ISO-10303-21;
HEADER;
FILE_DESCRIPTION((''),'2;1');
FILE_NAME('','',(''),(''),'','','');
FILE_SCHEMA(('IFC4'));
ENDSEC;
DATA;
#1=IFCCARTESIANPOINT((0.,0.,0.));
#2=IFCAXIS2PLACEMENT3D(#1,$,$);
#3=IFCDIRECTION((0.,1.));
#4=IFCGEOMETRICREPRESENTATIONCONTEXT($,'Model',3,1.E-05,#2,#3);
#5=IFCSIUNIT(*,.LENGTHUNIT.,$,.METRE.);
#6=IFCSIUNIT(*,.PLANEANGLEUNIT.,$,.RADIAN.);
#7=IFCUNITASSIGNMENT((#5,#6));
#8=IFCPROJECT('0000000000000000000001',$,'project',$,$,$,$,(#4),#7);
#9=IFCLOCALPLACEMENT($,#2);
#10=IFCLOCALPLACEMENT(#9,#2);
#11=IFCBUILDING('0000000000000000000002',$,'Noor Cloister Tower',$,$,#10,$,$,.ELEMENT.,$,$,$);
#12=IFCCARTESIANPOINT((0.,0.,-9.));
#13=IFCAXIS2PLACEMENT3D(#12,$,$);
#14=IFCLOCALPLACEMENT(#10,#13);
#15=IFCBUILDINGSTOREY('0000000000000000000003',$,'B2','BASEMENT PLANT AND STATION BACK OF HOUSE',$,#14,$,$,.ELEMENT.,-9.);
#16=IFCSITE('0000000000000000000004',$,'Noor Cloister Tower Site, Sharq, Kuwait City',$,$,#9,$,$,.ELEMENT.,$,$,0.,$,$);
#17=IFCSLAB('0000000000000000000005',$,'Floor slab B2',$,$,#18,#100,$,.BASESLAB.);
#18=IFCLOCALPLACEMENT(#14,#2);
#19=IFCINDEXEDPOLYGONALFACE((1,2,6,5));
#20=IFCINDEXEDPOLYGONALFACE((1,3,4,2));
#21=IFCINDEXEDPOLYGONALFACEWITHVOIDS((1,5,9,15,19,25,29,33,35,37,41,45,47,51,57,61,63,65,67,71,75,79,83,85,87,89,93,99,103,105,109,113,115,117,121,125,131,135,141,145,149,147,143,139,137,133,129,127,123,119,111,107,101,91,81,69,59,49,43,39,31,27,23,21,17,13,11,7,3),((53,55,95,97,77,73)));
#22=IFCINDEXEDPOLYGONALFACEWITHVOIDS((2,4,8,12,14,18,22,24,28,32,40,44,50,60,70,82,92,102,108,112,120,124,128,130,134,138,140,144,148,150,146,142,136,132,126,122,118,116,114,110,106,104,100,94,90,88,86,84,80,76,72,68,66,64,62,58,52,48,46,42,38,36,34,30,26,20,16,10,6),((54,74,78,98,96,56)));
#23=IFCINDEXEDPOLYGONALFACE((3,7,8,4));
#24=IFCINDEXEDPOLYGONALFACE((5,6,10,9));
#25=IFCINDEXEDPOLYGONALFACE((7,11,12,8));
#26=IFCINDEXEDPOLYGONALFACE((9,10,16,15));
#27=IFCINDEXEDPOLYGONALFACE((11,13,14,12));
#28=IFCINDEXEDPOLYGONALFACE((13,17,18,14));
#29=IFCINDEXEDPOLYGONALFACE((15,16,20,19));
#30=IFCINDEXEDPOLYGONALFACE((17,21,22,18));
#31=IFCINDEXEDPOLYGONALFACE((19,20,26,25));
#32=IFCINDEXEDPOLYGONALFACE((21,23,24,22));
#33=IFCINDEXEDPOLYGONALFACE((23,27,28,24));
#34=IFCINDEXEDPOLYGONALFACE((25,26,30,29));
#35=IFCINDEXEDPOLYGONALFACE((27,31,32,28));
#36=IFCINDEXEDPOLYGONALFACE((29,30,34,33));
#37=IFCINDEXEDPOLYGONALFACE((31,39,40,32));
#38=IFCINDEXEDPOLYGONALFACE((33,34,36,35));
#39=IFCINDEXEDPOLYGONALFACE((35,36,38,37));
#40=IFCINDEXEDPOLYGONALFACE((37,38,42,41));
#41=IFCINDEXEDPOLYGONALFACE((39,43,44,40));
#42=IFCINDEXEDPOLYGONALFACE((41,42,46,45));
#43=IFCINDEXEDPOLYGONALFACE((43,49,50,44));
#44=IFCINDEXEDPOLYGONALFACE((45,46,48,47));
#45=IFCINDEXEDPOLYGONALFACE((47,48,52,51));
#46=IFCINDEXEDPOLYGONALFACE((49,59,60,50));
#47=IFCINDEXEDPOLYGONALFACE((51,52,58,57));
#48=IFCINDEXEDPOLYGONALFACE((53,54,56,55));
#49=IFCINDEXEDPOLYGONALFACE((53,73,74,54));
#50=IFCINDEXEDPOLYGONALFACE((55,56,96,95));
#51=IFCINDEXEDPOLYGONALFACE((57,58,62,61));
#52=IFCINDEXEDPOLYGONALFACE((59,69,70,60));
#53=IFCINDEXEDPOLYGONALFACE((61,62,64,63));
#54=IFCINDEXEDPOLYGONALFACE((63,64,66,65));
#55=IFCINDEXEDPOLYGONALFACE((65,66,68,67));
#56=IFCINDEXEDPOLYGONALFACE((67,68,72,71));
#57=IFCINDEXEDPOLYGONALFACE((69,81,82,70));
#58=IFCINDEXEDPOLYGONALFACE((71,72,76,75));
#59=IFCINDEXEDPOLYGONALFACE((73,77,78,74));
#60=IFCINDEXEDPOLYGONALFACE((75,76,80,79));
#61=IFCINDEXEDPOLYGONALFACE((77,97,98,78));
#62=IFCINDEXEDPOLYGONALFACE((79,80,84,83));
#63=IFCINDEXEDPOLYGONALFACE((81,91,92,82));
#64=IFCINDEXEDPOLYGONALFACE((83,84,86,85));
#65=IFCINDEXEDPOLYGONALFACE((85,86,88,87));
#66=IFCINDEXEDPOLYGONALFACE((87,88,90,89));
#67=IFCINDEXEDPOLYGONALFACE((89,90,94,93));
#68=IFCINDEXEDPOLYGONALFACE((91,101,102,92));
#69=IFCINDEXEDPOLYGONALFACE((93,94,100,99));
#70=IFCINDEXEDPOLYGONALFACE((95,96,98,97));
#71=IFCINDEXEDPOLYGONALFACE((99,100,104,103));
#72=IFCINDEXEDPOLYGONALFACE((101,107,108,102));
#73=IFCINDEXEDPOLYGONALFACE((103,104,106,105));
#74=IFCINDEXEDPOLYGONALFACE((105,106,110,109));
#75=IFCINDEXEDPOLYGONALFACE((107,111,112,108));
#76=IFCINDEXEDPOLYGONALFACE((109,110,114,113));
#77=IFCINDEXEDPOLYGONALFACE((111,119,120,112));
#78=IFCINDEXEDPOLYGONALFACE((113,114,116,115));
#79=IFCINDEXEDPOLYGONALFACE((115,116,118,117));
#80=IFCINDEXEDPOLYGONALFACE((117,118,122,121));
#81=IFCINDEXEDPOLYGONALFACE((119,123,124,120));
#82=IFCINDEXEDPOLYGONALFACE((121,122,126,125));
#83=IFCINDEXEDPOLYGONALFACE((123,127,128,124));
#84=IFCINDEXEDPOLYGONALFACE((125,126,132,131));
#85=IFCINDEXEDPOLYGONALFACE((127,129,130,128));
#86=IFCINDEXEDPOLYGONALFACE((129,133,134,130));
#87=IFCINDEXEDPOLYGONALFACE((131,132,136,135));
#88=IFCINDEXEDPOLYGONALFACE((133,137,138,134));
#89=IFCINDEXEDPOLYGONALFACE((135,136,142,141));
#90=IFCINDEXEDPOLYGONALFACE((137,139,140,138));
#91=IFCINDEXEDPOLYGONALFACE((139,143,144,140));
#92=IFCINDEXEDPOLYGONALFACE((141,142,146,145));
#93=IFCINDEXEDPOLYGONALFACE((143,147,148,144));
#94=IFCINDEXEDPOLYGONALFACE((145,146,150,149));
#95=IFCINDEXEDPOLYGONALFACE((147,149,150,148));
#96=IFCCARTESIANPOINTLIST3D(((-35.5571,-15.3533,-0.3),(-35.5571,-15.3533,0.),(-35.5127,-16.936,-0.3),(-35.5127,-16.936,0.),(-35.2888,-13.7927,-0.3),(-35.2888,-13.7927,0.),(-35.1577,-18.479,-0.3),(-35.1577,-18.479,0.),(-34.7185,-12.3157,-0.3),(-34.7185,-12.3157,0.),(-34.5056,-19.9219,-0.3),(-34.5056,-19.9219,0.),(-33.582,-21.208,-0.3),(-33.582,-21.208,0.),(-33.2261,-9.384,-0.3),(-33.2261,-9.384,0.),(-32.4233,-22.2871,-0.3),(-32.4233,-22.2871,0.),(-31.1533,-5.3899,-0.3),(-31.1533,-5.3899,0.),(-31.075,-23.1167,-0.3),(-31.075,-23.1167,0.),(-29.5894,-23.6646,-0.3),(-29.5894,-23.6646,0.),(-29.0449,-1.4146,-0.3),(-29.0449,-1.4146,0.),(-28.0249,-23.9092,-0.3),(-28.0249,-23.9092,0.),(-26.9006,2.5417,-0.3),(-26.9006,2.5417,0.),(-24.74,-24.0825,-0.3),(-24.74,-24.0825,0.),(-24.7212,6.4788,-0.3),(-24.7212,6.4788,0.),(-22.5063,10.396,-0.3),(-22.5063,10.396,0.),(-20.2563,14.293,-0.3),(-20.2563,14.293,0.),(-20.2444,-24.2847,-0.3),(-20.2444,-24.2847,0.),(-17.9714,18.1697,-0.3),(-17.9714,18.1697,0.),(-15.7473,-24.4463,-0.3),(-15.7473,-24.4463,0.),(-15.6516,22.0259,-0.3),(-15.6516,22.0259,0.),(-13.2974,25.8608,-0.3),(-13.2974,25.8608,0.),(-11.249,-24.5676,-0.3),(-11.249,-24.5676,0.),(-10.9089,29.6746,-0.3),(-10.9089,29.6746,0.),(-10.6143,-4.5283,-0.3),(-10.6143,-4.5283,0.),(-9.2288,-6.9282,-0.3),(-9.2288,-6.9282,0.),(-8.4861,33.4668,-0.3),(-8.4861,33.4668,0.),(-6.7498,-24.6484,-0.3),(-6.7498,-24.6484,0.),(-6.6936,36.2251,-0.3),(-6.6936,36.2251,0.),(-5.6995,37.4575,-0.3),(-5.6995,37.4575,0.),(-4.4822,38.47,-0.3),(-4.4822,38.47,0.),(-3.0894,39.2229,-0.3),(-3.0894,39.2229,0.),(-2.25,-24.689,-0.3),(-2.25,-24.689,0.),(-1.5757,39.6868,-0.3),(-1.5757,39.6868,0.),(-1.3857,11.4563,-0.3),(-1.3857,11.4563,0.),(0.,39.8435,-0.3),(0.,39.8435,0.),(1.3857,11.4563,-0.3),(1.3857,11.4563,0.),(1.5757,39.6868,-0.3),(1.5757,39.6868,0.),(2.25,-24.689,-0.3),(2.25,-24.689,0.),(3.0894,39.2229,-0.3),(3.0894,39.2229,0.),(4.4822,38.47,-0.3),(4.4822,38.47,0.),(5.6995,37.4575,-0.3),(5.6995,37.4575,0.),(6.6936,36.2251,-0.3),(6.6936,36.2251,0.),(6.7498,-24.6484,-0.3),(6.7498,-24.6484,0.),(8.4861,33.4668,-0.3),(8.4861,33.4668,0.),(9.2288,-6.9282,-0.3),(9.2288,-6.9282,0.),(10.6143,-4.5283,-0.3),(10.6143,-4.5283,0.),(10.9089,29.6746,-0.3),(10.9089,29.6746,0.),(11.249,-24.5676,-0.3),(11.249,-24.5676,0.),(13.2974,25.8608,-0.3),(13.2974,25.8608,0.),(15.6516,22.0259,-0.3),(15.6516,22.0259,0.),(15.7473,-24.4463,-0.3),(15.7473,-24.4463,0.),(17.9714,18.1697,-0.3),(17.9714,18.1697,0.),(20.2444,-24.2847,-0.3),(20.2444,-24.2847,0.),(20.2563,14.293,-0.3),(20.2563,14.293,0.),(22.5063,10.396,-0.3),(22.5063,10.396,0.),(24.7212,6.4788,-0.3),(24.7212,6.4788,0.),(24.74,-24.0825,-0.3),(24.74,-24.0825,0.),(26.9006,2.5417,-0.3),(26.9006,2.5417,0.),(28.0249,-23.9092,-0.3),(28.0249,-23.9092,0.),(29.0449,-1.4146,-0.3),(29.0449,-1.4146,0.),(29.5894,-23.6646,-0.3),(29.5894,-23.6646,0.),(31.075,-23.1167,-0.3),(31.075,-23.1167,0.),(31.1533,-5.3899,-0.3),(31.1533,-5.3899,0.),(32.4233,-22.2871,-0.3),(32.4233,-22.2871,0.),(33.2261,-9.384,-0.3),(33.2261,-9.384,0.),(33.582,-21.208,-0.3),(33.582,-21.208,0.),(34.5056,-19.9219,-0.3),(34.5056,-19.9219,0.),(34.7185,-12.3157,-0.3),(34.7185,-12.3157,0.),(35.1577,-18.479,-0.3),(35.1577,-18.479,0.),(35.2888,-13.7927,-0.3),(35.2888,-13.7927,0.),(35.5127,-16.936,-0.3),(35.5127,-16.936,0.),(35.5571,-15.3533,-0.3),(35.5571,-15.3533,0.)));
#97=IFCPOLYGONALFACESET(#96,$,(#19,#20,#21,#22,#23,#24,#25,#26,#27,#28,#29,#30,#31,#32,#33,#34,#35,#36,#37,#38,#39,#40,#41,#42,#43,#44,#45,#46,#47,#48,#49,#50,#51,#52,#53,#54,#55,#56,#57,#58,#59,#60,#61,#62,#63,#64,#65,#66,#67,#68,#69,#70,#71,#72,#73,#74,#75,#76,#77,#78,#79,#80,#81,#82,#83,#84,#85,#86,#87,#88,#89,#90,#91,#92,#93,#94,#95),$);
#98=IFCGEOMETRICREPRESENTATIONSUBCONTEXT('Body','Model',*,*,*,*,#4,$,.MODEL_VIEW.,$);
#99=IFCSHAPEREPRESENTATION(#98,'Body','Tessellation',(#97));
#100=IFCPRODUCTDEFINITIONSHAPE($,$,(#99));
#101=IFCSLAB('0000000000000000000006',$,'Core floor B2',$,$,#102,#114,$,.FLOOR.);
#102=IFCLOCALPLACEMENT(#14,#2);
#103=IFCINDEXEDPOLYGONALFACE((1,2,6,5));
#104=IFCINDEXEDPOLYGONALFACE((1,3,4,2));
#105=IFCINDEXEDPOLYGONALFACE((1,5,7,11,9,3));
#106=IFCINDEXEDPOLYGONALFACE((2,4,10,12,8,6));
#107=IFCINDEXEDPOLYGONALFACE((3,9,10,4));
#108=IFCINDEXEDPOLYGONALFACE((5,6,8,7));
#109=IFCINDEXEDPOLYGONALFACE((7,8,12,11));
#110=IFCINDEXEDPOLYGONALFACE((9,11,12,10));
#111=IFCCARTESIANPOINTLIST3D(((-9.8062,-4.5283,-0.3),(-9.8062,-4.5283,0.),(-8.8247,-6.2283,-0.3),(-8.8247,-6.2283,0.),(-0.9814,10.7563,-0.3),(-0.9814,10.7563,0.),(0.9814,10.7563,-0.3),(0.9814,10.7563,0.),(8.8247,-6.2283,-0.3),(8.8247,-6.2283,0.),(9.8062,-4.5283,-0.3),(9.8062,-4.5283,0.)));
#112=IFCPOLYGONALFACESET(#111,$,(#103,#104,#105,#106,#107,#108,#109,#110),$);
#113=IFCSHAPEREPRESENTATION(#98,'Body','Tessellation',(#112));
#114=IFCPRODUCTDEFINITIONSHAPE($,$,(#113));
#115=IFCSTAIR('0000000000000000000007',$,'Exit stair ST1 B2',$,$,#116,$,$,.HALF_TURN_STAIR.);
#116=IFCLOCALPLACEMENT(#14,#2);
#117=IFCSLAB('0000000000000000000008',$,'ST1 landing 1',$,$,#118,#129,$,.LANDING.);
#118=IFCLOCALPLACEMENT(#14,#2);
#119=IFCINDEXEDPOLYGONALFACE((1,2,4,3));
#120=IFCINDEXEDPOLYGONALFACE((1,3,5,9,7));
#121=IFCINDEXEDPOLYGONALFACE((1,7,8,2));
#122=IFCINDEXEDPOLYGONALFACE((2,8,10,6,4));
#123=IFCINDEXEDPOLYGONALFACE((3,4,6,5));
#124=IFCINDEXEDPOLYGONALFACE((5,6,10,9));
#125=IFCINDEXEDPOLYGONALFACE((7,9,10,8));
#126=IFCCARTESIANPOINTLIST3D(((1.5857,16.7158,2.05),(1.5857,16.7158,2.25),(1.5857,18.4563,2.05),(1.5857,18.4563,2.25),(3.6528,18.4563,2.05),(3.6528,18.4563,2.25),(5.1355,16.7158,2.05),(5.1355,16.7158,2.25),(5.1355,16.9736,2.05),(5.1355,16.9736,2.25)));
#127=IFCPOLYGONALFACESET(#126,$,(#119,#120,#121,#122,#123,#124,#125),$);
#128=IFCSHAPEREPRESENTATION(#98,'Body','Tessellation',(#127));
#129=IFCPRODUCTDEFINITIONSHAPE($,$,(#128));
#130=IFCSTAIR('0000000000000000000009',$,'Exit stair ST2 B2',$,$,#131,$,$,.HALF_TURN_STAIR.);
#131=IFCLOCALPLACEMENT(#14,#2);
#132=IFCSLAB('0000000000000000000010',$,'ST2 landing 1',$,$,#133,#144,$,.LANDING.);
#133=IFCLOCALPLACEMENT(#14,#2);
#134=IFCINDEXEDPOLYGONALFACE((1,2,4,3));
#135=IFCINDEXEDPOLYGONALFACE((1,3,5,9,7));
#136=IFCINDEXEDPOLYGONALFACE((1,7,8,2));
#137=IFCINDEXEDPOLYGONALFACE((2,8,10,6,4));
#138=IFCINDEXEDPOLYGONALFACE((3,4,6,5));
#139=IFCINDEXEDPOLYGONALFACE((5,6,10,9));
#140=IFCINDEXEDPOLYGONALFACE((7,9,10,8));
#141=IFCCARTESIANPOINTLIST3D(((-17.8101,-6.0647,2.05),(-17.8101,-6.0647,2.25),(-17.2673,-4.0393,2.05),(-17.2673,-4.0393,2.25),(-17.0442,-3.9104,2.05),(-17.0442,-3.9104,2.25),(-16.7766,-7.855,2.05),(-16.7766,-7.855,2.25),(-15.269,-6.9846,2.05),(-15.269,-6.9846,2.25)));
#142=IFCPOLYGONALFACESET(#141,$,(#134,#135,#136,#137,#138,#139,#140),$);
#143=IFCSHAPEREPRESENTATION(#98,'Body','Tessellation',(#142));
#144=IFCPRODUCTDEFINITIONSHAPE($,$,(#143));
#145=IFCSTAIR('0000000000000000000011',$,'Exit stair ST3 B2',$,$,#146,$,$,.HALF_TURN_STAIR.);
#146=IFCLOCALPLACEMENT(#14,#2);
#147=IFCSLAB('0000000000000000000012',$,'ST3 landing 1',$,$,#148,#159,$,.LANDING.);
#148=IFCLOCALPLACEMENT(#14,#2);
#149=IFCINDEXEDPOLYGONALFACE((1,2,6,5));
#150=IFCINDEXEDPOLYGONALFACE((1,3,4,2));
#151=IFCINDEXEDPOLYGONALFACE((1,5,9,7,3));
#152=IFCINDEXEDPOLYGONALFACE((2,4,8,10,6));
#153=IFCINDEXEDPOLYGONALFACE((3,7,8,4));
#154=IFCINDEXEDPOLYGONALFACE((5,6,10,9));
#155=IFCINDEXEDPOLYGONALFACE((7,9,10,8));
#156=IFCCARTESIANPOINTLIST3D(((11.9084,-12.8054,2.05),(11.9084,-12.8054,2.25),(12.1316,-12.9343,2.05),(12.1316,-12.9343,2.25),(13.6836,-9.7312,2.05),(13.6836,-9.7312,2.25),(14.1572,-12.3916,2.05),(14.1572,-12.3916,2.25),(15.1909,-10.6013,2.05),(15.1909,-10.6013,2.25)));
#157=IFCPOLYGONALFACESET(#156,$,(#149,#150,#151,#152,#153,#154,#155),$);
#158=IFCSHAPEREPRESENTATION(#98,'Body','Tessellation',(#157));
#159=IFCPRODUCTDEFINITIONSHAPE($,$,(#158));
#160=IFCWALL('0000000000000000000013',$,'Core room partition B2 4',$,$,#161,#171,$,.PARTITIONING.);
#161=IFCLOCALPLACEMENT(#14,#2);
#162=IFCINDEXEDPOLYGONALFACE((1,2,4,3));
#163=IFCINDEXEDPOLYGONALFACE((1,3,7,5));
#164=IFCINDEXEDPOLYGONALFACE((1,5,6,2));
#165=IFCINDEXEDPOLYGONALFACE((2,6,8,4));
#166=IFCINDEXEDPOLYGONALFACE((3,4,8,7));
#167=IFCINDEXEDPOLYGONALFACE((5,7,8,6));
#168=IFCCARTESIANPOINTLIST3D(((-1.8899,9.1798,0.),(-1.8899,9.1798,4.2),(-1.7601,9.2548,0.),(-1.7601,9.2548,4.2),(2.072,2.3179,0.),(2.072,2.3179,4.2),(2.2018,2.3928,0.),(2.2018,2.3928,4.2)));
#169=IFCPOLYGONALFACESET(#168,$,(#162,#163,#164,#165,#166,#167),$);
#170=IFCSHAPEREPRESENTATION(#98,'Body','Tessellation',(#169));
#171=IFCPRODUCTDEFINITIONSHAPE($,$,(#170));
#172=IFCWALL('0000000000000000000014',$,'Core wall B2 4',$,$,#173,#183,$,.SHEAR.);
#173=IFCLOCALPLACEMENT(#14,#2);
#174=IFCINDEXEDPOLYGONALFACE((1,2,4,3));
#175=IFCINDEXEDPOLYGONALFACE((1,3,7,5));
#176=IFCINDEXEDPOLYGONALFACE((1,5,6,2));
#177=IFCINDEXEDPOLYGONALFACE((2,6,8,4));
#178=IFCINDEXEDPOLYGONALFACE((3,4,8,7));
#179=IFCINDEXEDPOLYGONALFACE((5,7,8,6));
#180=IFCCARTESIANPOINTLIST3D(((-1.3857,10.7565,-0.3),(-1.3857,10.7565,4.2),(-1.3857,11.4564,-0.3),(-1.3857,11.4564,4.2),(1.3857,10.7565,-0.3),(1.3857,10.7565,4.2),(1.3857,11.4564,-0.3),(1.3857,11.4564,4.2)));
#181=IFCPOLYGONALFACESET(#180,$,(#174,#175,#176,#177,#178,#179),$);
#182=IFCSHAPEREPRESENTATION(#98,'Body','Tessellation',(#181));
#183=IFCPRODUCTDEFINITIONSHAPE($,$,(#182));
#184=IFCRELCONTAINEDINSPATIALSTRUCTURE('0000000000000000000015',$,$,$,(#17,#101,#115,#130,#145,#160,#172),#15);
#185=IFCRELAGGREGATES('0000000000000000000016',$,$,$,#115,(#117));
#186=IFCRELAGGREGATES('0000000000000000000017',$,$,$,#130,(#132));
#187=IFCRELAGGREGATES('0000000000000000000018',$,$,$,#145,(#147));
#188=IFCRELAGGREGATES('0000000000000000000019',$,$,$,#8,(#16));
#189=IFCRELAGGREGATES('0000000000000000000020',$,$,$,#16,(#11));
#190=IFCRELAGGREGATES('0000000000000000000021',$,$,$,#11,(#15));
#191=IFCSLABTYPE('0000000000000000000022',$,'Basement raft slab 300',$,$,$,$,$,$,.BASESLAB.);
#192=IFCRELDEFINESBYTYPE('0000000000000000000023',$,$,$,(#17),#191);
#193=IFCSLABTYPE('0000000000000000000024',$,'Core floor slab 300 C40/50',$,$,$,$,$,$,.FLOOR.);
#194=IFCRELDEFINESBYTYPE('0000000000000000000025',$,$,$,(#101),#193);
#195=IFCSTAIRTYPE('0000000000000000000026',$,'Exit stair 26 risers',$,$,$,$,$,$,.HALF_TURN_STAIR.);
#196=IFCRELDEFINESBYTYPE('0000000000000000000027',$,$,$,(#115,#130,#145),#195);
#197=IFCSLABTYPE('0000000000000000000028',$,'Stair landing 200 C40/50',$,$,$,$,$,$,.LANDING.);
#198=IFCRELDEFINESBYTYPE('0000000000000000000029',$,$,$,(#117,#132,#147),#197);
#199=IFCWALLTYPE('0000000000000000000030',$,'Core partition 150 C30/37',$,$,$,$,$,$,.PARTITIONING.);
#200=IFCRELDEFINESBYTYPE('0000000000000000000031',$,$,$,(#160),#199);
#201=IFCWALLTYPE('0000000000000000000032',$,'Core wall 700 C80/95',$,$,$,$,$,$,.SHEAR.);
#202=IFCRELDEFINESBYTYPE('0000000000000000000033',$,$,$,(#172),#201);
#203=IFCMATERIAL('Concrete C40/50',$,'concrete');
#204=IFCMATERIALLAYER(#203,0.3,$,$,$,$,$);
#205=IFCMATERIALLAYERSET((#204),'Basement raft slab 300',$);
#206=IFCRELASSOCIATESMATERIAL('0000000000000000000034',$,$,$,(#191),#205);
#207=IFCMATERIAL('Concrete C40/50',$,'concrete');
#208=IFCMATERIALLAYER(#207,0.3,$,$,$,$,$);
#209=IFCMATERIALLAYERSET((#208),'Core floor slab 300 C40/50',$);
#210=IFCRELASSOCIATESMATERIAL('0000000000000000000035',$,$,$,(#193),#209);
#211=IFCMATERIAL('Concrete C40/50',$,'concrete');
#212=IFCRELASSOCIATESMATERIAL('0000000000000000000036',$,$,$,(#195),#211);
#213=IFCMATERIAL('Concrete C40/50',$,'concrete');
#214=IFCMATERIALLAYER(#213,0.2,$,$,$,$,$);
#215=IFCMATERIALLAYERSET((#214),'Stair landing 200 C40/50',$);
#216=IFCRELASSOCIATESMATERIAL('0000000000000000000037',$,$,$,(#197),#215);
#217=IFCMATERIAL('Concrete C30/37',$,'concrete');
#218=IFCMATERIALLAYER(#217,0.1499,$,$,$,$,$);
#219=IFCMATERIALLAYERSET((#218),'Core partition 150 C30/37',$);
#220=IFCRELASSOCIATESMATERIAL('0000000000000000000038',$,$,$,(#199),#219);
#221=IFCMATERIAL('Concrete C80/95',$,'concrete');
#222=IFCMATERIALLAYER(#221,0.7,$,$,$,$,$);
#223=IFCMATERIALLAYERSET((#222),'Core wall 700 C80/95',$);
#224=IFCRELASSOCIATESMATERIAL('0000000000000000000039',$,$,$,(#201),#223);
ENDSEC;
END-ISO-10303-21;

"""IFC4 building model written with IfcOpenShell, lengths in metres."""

from ifc_helpers import new_model, si_unit, direction, frame, frame_2d, origin, place, context, subcontext, project, spatial, polyline, rectangle, outline, extrude, material, layer, layer_set, type_object, element, aggregate, save


model = new_model("IFC4")

# Units and contexts
model_context = context("Model", 3, precision=1e-05, world=origin(), true_north=direction((0.0, 1.0)))
body_context = subcontext(model_context, "Body", "Model", "MODEL_VIEW")
ifc_project = project(units=[si_unit("LENGTHUNIT", "METRE"), si_unit("PLANEANGLEUNIT", "RADIAN")], contexts=[model_context])

# Site, building, storey
site_placement = place(None, origin())
site = spatial("IfcSite", under=ifc_project, at=site_placement, Name="Noor Cloister Tower Site, Sharq, Kuwait City", CompositionType="ELEMENT", RefElevation=0.0)
building_placement = place(site_placement, origin())
building = spatial("IfcBuilding", under=site, at=building_placement, Name="Noor Cloister Tower", CompositionType="ELEMENT")
storey_placement = place(building_placement, frame((0.0, 0.0, -9.0)))
storey = spatial("IfcBuildingStorey", under=building, at=storey_placement, Name="B2", Description="BASEMENT PLANT AND STATION BACK OF HOUSE", CompositionType="ELEMENT", Elevation=-9.0)

# Slabs
ifc_material_1 = material(Name="Concrete C40/50", Category="concrete")
ifc_layer_1 = layer(ifc_material_1, 0.3)
ifc_layer_set_1 = layer_set([ifc_layer_1], Name="Basement raft slab 300")
slab_type_1 = type_object("IfcSlabType", Name="Basement raft slab 300", PredefinedType="BASESLAB", material=ifc_layer_set_1)
slab_1_placement = place(storey_placement, frame((0.0, 0.0, -0.3)))
element("IfcSlab", 1, at=slab_1_placement, inside=storey, type_object=slab_type_1, Name="Floor slab B2", PredefinedType="BASESLAB", context=body_context, shape_type="SweptSolid", body=[
    extrude(outline(polyline([(6.6936, 36.2251), (5.6995, 37.4575), (4.4822, 38.47), (3.0894, 39.2229), (1.5757, 39.6868), (0.0, 39.8435), (-1.5757, 39.6868), (-3.0894, 39.2229), (-4.4822, 38.47), (-5.6995, 37.4575), (-6.6936, 36.2251), (-8.4861, 33.4668), (-10.9089, 29.6746), (-13.2974, 25.8608), (-15.6516, 22.0259), (-17.9714, 18.1697), (-20.2563, 14.293), (-22.5063, 10.396), (-24.7212, 6.4788), (-26.9006, 2.5417), (-29.0449, -1.4146), (-31.1533, -5.3899), (-33.2261, -9.384), (-34.7185, -12.3157), (-35.2888, -13.7927), (-35.5571, -15.3533), (-35.5127, -16.936), (-35.1577, -18.479), (-34.5056, -19.9219), (-33.582, -21.208), (-32.4233, -22.2871), (-31.075, -23.1167), (-29.5894, -23.6646), (-28.0249, -23.9092), (-24.74, -24.0825), (-20.2444, -24.2847), (-15.7473, -24.4463), (-11.249, -24.5676), (-6.7498, -24.6484), (-2.25, -24.689), (2.25, -24.689), (6.7498, -24.6484), (11.249, -24.5676), (15.7473, -24.4463), (20.2444, -24.2847), (24.74, -24.0825), (28.0249, -23.9092), (29.5894, -23.6646), (31.075, -23.1167), (32.4233, -22.2871), (33.582, -21.208), (34.5056, -19.9219), (35.1577, -18.479), (35.5127, -16.936), (35.5571, -15.3533), (35.2888, -13.7927), (34.7185, -12.3157), (33.2261, -9.384), (31.1533, -5.3899), (29.0449, -1.4146), (26.9006, 2.5417), (24.7212, 6.4788), (22.5063, 10.396), (20.2563, 14.293), (17.9714, 18.1697), (15.6516, 22.0259), (13.2974, 25.8608), (10.9089, 29.6746), (8.4861, 33.4668), (6.6936, 36.2251)]), holes=[polyline([(-9.2288, -6.9282), (9.2288, -6.9282), (10.6143, -4.5283), (1.3857, 11.4563), (-1.3857, 11.4563), (-10.6143, -4.5283), (-9.2288, -6.9282)])]), origin(), (0.0, 0.0, 1.0), 0.3),
])
ifc_material_2 = material(Name="Concrete C40/50", Category="concrete")
ifc_layer_2 = layer(ifc_material_2, 0.3)
ifc_layer_set_2 = layer_set([ifc_layer_2], Name="Core floor slab 300 C40/50")
slab_type_2 = type_object("IfcSlabType", Name="Core floor slab 300 C40/50", PredefinedType="FLOOR", material=ifc_layer_set_2)
slab_2_placement = place(storey_placement, frame((0.0, 0.0, -0.3)))
element("IfcSlab", 2, at=slab_2_placement, inside=storey, type_object=slab_type_2, Name="Core floor B2", PredefinedType="FLOOR", context=body_context, shape_type="SweptSolid", body=[
    extrude(outline(polyline([(8.8247, -6.2283), (9.8062, -4.5283), (0.9814, 10.7563), (-0.9814, 10.7563), (-9.8062, -4.5283), (-8.8247, -6.2283), (8.8247, -6.2283)])), origin(), (0.0, 0.0, 1.0), 0.3),
])

# Stairs, slabs
ifc_material_3 = material(Name="Concrete C40/50", Category="concrete")
stair_type = type_object("IfcStairType", Name="Exit stair 26 risers", PredefinedType="HALF_TURN_STAIR", material=ifc_material_3)
stair_1_placement = place(storey_placement, origin())
stair_1 = element("IfcStair", 3, at=stair_1_placement, inside=storey, type_object=stair_type, Name="Exit stair ST1 B2", PredefinedType="HALF_TURN_STAIR")
ifc_material_4 = material(Name="Concrete C40/50", Category="concrete")
ifc_layer_3 = layer(ifc_material_4, 0.2)
ifc_layer_set_3 = layer_set([ifc_layer_3], Name="Stair landing 200 C40/50")
slab_type_3 = type_object("IfcSlabType", Name="Stair landing 200 C40/50", PredefinedType="LANDING", material=ifc_layer_set_3)
slab_3_placement = place(storey_placement, frame((0.0, 0.0, 2.05)))
slab_3 = element("IfcSlab", 4, at=slab_3_placement, type_object=slab_type_3, Name="ST1 landing 1", PredefinedType="LANDING", context=body_context, shape_type="SweptSolid", body=[
    extrude(outline(polyline([(5.1355, 16.7158), (5.1355, 16.9736), (3.6528, 18.4563), (1.5857, 18.4563), (1.5857, 16.7158), (5.1355, 16.7158)])), origin(), (0.0, 0.0, 1.0), 0.2),
])
aggregate(stair_1, [slab_3])
stair_2_placement = place(storey_placement, origin())
stair_2 = element("IfcStair", 5, at=stair_2_placement, inside=storey, type_object=stair_type, Name="Exit stair ST2 B2", PredefinedType="HALF_TURN_STAIR")
slab_4_placement = place(storey_placement, frame((0.0, 0.0, 2.05)))
slab_4 = element("IfcSlab", 6, at=slab_4_placement, type_object=slab_type_3, Name="ST2 landing 1", PredefinedType="LANDING", context=body_context, shape_type="SweptSolid", body=[
    extrude(outline(polyline([(-17.0442, -3.9104), (-17.2673, -4.0393), (-17.8101, -6.0647), (-16.7766, -7.855), (-15.269, -6.9846), (-17.0442, -3.9104)])), origin(), (0.0, 0.0, 1.0), 0.2),
])
aggregate(stair_2, [slab_4])
stair_3_placement = place(storey_placement, origin())
stair_3 = element("IfcStair", 7, at=stair_3_placement, inside=storey, type_object=stair_type, Name="Exit stair ST3 B2", PredefinedType="HALF_TURN_STAIR")
slab_5_placement = place(storey_placement, frame((0.0, 0.0, 2.05)))
slab_5 = element("IfcSlab", 8, at=slab_5_placement, type_object=slab_type_3, Name="ST3 landing 1", PredefinedType="LANDING", context=body_context, shape_type="SweptSolid", body=[
    extrude(outline(polyline([(11.9084, -12.8054), (12.1316, -12.9343), (14.1572, -12.3916), (15.1909, -10.6013), (13.6836, -9.7312), (11.9084, -12.8054)])), origin(), (0.0, 0.0, 1.0), 0.2),
])
aggregate(stair_3, [slab_5])

# Walls
ifc_material_5 = material(Name="Concrete C30/37", Category="concrete")
ifc_layer_4 = layer(ifc_material_5, 0.1499)
ifc_layer_set_4 = layer_set([ifc_layer_4], Name="Core partition 150 C30/37")
wall_type_1 = type_object("IfcWallType", Name="Core partition 150 C30/37", PredefinedType="PARTITIONING", material=ifc_layer_set_4)
wall_1_placement = place(storey_placement, frame((2.137, 2.3552, 0.0), z_axis=(0.0, 0.0, 1.0), x_axis=(-0.50001, 0.86602, 0.0)))
element("IfcWall", 9, at=wall_1_placement, inside=storey, type_object=wall_type_1, Name="Core room partition B2 4", PredefinedType="PARTITIONING", context=body_context, shape_type="SweptSolid", body=[
    extrude(rectangle(XDim=7.9236, YDim=0.1499, at=frame_2d((3.9619, 0.0))), origin(), (0.0, 0.0, 1.0), 4.2),
])
ifc_material_6 = material(Name="Concrete C80/95", Category="concrete")
ifc_layer_5 = layer(ifc_material_6, 0.7)
ifc_layer_set_5 = layer_set([ifc_layer_5], Name="Core wall 700 C80/95")
wall_type_2 = type_object("IfcWallType", Name="Core wall 700 C80/95", PredefinedType="SHEAR", material=ifc_layer_set_5)
wall_2_placement = place(storey_placement, frame((1.3857, 11.1064, -0.3), z_axis=(0.0, 0.0, 1.0), x_axis=(-1.0, 0.0, 0.0)))
element("IfcWall", 10, at=wall_2_placement, inside=storey, type_object=wall_type_2, Name="Core wall B2 4", PredefinedType="SHEAR", context=body_context, shape_type="SweptSolid", body=[
    extrude(rectangle(XDim=2.7715, YDim=0.7, at=frame_2d((1.3857, 0.0))), origin(), (0.0, 0.0, 1.0), 4.5),
])

save(model, "model.ifc")
